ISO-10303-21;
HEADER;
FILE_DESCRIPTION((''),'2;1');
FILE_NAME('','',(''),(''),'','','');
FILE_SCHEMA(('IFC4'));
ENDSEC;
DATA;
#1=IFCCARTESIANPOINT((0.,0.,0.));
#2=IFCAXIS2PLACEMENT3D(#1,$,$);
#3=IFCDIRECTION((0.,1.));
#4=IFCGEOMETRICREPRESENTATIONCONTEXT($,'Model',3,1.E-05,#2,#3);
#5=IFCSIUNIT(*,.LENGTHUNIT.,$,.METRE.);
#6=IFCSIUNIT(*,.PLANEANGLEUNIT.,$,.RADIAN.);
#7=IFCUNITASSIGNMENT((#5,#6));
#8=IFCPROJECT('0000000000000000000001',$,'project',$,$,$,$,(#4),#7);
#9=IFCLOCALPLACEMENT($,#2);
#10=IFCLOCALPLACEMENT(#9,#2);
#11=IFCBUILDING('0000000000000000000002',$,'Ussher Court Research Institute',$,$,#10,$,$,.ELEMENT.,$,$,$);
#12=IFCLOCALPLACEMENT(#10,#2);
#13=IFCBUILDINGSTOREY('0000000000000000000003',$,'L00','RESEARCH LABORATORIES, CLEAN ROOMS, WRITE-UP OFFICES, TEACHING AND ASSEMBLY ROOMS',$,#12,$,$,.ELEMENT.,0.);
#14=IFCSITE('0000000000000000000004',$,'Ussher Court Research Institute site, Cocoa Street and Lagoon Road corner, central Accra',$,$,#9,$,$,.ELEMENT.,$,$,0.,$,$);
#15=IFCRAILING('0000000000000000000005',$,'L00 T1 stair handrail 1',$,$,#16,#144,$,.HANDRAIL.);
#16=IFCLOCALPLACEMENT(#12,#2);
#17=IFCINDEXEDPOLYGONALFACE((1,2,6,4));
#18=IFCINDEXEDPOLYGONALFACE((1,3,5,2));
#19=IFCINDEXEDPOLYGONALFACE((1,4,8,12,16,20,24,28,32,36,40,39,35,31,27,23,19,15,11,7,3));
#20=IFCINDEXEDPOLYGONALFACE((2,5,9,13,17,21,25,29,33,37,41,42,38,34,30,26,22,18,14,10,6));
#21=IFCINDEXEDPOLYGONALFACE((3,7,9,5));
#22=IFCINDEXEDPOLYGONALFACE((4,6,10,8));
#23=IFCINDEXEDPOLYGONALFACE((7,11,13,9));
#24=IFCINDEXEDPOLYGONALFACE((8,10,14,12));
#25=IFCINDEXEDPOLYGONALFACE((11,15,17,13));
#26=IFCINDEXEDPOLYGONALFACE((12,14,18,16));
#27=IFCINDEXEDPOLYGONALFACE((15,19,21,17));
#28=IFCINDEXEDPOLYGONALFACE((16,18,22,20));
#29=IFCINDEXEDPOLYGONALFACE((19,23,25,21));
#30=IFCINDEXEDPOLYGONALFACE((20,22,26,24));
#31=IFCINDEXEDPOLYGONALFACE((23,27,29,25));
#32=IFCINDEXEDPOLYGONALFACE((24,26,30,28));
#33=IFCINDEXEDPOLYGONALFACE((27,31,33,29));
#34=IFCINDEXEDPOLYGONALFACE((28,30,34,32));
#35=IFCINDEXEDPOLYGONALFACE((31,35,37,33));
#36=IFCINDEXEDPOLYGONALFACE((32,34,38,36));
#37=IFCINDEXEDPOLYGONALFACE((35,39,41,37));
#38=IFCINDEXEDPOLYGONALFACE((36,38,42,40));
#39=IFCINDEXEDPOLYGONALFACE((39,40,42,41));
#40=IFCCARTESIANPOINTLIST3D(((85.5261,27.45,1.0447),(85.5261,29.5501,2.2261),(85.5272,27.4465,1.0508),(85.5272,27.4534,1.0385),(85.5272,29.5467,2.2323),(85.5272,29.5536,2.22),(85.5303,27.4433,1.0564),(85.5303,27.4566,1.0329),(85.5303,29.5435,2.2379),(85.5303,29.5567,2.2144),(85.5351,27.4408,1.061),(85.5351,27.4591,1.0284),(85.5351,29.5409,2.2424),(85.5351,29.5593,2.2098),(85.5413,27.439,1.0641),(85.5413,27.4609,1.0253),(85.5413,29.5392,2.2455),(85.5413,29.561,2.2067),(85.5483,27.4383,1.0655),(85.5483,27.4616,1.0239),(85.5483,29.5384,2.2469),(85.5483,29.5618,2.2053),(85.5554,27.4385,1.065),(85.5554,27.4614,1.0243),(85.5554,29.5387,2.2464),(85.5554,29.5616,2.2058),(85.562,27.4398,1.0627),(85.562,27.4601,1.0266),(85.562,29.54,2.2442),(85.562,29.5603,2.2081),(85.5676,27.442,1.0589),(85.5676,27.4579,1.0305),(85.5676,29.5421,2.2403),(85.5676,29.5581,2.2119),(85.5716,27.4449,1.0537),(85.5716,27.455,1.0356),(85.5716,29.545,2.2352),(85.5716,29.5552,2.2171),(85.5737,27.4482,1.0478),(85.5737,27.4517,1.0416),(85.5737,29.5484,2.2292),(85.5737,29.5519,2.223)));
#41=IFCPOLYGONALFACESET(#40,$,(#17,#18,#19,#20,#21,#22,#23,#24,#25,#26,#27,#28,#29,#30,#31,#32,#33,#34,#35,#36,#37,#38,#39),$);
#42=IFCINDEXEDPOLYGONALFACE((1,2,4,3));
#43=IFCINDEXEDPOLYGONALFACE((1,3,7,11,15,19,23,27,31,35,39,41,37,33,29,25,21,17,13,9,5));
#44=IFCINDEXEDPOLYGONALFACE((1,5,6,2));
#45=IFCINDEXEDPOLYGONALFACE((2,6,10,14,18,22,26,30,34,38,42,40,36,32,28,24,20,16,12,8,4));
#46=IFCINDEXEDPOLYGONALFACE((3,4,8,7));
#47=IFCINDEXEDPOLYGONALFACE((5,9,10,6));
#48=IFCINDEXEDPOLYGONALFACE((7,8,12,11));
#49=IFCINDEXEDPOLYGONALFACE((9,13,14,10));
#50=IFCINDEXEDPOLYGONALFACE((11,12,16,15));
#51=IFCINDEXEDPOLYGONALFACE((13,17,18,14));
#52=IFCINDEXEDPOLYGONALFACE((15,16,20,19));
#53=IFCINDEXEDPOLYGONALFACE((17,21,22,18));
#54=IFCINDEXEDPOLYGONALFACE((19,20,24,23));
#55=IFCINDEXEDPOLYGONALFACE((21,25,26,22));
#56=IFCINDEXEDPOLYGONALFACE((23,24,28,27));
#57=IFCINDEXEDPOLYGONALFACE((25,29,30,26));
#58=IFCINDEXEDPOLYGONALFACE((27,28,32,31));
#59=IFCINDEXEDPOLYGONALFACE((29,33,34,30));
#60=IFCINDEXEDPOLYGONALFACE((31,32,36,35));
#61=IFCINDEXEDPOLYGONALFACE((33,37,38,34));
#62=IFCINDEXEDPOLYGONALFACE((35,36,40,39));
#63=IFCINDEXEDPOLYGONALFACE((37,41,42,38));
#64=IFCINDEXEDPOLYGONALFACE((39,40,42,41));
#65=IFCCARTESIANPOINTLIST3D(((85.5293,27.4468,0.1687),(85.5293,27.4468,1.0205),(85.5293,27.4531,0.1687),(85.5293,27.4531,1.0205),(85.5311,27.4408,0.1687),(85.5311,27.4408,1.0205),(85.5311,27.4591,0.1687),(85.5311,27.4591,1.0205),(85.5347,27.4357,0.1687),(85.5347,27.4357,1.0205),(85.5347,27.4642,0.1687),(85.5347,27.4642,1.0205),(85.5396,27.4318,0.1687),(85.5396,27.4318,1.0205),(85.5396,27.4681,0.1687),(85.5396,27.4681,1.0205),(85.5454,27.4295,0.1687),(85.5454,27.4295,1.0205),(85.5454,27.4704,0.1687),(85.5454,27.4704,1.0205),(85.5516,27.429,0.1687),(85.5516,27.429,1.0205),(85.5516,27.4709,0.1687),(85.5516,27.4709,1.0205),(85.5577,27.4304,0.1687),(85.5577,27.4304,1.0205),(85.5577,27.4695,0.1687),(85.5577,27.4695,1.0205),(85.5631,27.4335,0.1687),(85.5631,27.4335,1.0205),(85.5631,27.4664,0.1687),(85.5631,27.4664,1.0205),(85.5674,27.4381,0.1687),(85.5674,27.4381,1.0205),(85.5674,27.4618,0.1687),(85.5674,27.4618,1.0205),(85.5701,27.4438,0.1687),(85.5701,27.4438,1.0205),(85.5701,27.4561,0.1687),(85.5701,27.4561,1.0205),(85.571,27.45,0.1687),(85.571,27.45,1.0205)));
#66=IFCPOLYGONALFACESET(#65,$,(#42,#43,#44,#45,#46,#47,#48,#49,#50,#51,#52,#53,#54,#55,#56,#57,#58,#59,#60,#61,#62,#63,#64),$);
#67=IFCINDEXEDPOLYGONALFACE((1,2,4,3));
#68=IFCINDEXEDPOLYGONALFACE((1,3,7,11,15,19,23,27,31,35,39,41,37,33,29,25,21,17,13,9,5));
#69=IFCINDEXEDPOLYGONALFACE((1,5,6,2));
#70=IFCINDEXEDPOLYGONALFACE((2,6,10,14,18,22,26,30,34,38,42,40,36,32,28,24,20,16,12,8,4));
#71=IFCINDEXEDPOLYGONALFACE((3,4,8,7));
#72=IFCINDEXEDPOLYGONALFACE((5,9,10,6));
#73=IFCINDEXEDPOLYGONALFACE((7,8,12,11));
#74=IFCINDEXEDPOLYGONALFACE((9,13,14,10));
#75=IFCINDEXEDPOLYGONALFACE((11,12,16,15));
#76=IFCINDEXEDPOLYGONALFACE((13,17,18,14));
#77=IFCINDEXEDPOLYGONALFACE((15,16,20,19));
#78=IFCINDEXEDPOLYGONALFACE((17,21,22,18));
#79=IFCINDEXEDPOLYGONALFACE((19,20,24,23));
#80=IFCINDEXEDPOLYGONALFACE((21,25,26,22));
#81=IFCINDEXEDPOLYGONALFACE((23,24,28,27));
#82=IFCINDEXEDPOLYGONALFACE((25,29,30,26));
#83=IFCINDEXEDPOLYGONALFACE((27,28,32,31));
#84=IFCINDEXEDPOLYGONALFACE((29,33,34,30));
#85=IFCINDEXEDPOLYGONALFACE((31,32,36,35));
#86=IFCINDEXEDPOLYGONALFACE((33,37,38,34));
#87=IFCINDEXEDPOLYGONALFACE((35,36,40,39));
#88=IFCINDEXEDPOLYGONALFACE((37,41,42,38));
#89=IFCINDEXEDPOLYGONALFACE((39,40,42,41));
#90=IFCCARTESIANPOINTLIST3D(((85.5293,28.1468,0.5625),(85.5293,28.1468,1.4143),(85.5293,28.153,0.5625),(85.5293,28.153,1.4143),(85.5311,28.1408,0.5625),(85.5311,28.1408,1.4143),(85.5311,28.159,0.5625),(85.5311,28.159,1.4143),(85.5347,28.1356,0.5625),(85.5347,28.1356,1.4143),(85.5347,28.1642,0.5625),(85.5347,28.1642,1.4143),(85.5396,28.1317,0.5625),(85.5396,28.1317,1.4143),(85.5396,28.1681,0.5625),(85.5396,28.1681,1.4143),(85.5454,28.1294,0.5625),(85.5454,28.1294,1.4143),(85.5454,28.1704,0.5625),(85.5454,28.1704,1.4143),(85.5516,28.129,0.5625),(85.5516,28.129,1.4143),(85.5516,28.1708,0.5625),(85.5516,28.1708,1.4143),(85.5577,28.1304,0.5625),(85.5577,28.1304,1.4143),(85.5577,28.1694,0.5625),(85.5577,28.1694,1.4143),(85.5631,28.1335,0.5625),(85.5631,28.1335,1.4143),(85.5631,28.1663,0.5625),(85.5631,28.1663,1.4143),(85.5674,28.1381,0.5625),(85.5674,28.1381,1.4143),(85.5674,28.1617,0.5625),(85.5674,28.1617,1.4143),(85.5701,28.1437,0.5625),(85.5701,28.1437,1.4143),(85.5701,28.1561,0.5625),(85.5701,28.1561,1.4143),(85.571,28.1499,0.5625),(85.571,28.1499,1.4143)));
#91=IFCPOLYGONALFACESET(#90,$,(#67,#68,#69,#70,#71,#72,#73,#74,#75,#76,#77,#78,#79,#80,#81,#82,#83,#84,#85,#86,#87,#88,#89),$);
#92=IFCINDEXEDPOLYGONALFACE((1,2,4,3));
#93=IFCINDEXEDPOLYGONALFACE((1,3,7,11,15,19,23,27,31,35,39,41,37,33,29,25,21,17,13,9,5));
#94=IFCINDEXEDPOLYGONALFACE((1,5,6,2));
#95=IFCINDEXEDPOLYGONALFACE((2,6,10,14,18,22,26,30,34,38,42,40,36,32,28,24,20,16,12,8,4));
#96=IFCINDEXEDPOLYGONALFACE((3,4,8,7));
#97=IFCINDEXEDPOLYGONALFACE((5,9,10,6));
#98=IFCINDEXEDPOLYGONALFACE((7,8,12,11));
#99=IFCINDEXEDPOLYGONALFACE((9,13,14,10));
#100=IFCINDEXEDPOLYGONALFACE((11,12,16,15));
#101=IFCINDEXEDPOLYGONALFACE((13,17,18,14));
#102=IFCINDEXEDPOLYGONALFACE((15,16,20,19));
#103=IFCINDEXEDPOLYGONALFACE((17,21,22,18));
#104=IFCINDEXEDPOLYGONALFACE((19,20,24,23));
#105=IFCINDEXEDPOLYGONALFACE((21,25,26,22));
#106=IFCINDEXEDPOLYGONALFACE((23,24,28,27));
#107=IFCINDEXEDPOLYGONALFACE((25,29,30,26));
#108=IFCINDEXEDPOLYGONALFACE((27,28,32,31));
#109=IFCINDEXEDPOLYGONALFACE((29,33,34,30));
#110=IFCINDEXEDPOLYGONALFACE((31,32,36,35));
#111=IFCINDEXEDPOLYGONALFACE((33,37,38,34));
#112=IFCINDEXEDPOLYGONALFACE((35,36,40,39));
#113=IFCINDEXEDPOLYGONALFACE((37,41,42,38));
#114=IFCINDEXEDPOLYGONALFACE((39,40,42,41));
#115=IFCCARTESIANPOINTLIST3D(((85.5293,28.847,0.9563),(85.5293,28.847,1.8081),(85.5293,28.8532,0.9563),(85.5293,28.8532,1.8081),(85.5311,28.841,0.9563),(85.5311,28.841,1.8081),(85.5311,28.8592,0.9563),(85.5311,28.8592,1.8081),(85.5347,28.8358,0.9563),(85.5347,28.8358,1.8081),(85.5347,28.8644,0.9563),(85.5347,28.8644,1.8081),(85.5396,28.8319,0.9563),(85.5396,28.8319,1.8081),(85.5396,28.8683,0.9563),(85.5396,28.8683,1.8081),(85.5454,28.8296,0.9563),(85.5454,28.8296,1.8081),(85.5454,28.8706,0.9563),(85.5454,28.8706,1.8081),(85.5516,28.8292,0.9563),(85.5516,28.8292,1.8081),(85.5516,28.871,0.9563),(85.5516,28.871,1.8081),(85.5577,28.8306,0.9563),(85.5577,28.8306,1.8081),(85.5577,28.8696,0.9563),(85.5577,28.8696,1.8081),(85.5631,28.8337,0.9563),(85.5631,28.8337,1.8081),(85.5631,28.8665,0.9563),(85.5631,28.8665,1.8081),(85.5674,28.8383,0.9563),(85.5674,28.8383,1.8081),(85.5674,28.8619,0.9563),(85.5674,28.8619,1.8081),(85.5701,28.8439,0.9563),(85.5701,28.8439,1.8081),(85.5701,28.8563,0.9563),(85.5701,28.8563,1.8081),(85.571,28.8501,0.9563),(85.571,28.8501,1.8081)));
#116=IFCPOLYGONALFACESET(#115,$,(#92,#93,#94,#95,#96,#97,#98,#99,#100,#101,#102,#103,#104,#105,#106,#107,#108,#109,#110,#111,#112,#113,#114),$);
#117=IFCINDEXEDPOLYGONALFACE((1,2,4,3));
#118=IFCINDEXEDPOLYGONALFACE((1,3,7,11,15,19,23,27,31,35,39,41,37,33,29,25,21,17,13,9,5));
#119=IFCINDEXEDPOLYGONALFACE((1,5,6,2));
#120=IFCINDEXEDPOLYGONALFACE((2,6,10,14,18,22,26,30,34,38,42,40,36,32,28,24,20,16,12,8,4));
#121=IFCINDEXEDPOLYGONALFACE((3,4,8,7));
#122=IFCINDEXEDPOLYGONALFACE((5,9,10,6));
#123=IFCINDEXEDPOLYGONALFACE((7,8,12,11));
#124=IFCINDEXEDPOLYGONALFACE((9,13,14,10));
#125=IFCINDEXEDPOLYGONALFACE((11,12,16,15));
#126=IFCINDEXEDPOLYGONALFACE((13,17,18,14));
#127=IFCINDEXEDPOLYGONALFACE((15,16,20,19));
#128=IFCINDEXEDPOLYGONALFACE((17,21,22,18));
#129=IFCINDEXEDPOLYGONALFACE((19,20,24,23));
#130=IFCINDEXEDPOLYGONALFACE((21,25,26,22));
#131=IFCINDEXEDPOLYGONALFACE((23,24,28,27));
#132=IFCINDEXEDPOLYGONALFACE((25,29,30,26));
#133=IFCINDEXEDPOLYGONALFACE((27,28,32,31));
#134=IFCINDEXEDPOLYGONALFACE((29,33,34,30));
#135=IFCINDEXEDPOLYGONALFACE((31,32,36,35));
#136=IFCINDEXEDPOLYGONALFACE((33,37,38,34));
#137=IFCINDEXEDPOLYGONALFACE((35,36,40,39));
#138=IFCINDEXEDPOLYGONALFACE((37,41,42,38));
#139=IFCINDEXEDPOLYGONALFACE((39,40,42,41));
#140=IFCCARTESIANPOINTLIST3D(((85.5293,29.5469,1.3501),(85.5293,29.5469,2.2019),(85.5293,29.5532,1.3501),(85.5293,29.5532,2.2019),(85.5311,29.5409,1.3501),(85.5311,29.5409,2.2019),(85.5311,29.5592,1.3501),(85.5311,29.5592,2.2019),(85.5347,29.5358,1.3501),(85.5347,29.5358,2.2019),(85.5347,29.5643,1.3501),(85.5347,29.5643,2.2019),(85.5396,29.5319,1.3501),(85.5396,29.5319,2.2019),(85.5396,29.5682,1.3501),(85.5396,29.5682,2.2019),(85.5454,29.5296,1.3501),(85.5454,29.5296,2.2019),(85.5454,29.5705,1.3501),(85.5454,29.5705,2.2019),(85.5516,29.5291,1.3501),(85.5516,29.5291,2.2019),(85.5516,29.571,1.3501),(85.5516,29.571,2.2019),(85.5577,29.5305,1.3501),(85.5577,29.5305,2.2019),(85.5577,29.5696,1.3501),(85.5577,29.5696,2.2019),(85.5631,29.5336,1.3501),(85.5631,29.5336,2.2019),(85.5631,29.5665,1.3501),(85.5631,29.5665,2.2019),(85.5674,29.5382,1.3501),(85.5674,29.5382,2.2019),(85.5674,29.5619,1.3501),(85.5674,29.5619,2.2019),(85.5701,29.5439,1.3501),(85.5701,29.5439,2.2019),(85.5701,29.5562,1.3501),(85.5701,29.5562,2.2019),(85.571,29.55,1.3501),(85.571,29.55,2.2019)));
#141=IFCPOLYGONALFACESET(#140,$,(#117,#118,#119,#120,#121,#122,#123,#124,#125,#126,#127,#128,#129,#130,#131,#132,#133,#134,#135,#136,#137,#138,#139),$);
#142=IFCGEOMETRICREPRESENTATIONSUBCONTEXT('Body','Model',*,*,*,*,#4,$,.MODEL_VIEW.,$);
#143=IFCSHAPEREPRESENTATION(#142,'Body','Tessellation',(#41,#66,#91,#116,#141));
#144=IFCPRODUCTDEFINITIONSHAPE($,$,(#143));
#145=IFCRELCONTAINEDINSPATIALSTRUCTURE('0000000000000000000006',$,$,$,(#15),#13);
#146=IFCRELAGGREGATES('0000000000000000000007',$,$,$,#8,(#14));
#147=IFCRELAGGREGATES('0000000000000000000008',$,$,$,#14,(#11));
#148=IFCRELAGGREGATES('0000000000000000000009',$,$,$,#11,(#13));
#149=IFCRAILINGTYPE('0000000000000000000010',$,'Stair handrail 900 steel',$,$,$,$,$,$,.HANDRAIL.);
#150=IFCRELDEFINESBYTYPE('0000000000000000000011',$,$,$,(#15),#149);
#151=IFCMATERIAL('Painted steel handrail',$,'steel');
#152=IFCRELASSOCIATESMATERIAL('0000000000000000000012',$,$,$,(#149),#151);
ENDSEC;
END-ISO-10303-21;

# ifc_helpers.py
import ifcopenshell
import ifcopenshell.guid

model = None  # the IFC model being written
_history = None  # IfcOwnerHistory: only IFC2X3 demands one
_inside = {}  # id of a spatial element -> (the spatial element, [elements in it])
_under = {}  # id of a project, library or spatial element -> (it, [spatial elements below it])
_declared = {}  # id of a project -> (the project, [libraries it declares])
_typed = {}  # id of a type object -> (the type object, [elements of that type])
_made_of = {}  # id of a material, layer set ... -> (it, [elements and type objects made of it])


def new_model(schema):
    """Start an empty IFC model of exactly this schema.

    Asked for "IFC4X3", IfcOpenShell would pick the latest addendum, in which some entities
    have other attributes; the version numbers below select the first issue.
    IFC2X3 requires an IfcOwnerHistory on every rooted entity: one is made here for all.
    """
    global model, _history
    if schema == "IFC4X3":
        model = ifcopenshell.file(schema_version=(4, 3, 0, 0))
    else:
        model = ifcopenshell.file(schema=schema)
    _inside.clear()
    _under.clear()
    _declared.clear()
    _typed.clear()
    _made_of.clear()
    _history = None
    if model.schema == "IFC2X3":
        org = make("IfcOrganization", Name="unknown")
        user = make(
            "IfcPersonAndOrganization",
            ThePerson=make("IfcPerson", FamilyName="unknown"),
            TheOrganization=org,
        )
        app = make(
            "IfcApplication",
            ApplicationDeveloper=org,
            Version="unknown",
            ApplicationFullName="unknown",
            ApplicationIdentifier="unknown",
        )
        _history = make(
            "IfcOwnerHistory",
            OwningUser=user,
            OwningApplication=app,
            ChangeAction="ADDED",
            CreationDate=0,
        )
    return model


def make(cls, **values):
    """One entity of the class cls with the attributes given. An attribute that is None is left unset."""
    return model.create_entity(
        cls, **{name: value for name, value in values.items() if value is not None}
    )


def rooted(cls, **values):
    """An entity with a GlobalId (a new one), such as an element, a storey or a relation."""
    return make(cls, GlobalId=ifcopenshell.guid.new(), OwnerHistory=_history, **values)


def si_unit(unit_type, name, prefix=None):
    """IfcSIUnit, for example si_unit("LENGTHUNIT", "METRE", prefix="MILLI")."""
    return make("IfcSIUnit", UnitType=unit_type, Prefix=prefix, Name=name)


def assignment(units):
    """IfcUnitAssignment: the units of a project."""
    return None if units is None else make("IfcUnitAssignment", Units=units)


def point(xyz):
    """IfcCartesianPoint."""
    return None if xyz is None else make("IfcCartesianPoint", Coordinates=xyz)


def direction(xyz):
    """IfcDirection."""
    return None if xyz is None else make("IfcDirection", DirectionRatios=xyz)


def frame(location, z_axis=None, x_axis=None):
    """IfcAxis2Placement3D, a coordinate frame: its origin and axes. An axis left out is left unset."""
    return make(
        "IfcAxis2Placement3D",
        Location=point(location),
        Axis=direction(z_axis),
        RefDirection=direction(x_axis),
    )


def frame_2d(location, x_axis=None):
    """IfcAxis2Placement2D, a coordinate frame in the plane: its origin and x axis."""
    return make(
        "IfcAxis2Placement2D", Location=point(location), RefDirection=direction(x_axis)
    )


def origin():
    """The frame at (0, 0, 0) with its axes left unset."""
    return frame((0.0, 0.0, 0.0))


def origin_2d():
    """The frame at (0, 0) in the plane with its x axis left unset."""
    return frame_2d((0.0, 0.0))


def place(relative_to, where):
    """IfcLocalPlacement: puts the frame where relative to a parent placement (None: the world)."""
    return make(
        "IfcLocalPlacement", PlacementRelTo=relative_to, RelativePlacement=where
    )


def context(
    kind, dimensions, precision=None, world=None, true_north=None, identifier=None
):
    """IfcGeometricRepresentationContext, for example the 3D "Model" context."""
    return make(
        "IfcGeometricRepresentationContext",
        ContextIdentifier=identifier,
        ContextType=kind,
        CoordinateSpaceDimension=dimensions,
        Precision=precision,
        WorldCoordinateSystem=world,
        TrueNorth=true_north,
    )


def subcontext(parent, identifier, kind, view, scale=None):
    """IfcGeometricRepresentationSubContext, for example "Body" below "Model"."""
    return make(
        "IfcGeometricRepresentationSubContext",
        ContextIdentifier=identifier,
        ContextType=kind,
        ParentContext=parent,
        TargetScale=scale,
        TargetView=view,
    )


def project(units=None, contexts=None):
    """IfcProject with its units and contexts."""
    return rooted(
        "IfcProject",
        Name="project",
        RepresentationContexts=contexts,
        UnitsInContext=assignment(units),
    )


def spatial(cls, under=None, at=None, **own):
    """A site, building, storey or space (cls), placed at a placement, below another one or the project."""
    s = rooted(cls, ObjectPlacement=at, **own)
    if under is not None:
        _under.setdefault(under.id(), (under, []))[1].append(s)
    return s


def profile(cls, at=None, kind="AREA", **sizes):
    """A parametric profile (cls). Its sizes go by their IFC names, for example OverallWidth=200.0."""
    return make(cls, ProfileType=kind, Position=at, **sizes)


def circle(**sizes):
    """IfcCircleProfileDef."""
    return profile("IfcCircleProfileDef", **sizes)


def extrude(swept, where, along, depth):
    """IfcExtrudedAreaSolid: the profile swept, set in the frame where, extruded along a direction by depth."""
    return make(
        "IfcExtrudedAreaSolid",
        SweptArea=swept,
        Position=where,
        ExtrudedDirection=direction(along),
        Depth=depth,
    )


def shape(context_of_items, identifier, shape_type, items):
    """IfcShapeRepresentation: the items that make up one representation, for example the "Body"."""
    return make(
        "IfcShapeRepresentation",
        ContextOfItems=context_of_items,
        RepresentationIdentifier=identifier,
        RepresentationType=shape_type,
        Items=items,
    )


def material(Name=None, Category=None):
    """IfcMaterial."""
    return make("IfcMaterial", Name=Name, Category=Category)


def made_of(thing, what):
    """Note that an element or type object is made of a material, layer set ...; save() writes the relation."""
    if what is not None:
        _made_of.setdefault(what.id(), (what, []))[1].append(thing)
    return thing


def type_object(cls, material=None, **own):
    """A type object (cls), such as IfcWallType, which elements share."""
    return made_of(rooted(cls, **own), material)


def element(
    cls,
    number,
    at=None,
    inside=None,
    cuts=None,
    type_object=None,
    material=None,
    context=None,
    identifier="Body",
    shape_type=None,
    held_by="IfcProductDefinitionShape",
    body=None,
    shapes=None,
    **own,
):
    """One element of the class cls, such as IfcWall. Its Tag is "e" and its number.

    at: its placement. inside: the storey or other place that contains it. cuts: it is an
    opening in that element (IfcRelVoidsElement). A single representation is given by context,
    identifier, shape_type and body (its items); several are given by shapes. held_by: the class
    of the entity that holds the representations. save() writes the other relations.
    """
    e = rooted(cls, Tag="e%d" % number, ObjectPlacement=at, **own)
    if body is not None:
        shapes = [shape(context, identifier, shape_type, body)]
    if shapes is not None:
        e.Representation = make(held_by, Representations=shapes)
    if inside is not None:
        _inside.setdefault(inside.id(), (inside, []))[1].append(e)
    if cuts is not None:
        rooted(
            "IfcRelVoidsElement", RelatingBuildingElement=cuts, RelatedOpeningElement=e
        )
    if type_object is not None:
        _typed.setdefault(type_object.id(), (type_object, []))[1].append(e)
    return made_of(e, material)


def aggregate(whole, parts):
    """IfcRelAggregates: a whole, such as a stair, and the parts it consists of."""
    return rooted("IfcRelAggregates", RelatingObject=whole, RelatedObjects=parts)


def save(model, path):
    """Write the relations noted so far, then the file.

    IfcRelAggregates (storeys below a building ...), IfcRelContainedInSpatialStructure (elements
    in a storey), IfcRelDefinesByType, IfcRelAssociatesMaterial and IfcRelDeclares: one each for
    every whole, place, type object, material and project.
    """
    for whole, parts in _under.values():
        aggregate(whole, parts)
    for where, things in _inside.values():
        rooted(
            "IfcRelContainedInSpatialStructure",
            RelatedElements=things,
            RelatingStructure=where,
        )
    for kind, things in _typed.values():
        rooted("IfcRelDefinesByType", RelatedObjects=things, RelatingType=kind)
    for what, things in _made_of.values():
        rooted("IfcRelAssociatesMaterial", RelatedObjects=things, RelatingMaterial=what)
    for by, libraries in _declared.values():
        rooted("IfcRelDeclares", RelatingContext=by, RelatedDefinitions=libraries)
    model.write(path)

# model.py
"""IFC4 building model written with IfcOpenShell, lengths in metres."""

from ifc_helpers import new_model, si_unit, direction, frame, origin, origin_2d, place, context, subcontext, project, spatial, circle, extrude, material, type_object, element, save


model = new_model("IFC4")

# Units and contexts
model_context = context("Model", 3, precision=1e-05, world=origin(), true_north=direction((0.0, 1.0)))
body_context = subcontext(model_context, "Body", "Model", "MODEL_VIEW")
ifc_project = project(units=[si_unit("LENGTHUNIT", "METRE"), si_unit("PLANEANGLEUNIT", "RADIAN")], contexts=[model_context])

# Site, building, storey
site_placement = place(None, origin())
site = spatial("IfcSite", under=ifc_project, at=site_placement, Name="Ussher Court Research Institute site, Cocoa Street and Lagoon Road corner, central Accra", CompositionType="ELEMENT", RefElevation=0.0)
building_placement = place(site_placement, origin())
building = spatial("IfcBuilding", under=site, at=building_placement, Name="Ussher Court Research Institute", CompositionType="ELEMENT")
storey_placement = place(building_placement, origin())
storey = spatial("IfcBuildingStorey", under=building, at=storey_placement, Name="L00", Description="RESEARCH LABORATORIES, CLEAN ROOMS, WRITE-UP OFFICES, TEACHING AND ASSEMBLY ROOMS", CompositionType="ELEMENT", Elevation=0.0)

# Railing
ifc_material_1 = material(Name="Painted steel handrail", Category="steel")
railing_type_1 = type_object("IfcRailingType", Name="Stair handrail 900 steel", PredefinedType="HANDRAIL", material=ifc_material_1)
railing_1_placement = place(storey_placement, frame((85.55, 27.45, 0.1687)))
element("IfcRailing", 1, at=railing_1_placement, inside=storey, type_object=railing_type_1, Name="L00 T1 stair handrail 1", PredefinedType="HANDRAIL", context=body_context, shape_type="SweptSolid", body=[
    extrude(circle(Radius=0.0239, at=origin_2d()), frame((0.0, 0.0, 0.876), z_axis=(0.0, 0.871559, 0.49029), x_axis=(-1.0, 0.0, 0.0)), (0.0, 0.0, 1.0), 2.4097),
    extrude(circle(Radius=0.021, at=origin_2d()), origin(), (0.0, 0.0, 1.0), 0.8518),
    extrude(circle(Radius=0.021, at=origin_2d()), frame((0.0, 0.7, 0.3938)), (0.0, 0.0, 1.0), 0.8518),
    extrude(circle(Radius=0.021, at=origin_2d()), frame((0.0, 1.4001, 0.7876)), (0.0, 0.0, 1.0), 0.8518),
    extrude(circle(Radius=0.021, at=origin_2d()), frame((0.0, 2.1001, 1.1814)), (0.0, 0.0, 1.0), 0.8518),
])

save(model, "model.ifc")
